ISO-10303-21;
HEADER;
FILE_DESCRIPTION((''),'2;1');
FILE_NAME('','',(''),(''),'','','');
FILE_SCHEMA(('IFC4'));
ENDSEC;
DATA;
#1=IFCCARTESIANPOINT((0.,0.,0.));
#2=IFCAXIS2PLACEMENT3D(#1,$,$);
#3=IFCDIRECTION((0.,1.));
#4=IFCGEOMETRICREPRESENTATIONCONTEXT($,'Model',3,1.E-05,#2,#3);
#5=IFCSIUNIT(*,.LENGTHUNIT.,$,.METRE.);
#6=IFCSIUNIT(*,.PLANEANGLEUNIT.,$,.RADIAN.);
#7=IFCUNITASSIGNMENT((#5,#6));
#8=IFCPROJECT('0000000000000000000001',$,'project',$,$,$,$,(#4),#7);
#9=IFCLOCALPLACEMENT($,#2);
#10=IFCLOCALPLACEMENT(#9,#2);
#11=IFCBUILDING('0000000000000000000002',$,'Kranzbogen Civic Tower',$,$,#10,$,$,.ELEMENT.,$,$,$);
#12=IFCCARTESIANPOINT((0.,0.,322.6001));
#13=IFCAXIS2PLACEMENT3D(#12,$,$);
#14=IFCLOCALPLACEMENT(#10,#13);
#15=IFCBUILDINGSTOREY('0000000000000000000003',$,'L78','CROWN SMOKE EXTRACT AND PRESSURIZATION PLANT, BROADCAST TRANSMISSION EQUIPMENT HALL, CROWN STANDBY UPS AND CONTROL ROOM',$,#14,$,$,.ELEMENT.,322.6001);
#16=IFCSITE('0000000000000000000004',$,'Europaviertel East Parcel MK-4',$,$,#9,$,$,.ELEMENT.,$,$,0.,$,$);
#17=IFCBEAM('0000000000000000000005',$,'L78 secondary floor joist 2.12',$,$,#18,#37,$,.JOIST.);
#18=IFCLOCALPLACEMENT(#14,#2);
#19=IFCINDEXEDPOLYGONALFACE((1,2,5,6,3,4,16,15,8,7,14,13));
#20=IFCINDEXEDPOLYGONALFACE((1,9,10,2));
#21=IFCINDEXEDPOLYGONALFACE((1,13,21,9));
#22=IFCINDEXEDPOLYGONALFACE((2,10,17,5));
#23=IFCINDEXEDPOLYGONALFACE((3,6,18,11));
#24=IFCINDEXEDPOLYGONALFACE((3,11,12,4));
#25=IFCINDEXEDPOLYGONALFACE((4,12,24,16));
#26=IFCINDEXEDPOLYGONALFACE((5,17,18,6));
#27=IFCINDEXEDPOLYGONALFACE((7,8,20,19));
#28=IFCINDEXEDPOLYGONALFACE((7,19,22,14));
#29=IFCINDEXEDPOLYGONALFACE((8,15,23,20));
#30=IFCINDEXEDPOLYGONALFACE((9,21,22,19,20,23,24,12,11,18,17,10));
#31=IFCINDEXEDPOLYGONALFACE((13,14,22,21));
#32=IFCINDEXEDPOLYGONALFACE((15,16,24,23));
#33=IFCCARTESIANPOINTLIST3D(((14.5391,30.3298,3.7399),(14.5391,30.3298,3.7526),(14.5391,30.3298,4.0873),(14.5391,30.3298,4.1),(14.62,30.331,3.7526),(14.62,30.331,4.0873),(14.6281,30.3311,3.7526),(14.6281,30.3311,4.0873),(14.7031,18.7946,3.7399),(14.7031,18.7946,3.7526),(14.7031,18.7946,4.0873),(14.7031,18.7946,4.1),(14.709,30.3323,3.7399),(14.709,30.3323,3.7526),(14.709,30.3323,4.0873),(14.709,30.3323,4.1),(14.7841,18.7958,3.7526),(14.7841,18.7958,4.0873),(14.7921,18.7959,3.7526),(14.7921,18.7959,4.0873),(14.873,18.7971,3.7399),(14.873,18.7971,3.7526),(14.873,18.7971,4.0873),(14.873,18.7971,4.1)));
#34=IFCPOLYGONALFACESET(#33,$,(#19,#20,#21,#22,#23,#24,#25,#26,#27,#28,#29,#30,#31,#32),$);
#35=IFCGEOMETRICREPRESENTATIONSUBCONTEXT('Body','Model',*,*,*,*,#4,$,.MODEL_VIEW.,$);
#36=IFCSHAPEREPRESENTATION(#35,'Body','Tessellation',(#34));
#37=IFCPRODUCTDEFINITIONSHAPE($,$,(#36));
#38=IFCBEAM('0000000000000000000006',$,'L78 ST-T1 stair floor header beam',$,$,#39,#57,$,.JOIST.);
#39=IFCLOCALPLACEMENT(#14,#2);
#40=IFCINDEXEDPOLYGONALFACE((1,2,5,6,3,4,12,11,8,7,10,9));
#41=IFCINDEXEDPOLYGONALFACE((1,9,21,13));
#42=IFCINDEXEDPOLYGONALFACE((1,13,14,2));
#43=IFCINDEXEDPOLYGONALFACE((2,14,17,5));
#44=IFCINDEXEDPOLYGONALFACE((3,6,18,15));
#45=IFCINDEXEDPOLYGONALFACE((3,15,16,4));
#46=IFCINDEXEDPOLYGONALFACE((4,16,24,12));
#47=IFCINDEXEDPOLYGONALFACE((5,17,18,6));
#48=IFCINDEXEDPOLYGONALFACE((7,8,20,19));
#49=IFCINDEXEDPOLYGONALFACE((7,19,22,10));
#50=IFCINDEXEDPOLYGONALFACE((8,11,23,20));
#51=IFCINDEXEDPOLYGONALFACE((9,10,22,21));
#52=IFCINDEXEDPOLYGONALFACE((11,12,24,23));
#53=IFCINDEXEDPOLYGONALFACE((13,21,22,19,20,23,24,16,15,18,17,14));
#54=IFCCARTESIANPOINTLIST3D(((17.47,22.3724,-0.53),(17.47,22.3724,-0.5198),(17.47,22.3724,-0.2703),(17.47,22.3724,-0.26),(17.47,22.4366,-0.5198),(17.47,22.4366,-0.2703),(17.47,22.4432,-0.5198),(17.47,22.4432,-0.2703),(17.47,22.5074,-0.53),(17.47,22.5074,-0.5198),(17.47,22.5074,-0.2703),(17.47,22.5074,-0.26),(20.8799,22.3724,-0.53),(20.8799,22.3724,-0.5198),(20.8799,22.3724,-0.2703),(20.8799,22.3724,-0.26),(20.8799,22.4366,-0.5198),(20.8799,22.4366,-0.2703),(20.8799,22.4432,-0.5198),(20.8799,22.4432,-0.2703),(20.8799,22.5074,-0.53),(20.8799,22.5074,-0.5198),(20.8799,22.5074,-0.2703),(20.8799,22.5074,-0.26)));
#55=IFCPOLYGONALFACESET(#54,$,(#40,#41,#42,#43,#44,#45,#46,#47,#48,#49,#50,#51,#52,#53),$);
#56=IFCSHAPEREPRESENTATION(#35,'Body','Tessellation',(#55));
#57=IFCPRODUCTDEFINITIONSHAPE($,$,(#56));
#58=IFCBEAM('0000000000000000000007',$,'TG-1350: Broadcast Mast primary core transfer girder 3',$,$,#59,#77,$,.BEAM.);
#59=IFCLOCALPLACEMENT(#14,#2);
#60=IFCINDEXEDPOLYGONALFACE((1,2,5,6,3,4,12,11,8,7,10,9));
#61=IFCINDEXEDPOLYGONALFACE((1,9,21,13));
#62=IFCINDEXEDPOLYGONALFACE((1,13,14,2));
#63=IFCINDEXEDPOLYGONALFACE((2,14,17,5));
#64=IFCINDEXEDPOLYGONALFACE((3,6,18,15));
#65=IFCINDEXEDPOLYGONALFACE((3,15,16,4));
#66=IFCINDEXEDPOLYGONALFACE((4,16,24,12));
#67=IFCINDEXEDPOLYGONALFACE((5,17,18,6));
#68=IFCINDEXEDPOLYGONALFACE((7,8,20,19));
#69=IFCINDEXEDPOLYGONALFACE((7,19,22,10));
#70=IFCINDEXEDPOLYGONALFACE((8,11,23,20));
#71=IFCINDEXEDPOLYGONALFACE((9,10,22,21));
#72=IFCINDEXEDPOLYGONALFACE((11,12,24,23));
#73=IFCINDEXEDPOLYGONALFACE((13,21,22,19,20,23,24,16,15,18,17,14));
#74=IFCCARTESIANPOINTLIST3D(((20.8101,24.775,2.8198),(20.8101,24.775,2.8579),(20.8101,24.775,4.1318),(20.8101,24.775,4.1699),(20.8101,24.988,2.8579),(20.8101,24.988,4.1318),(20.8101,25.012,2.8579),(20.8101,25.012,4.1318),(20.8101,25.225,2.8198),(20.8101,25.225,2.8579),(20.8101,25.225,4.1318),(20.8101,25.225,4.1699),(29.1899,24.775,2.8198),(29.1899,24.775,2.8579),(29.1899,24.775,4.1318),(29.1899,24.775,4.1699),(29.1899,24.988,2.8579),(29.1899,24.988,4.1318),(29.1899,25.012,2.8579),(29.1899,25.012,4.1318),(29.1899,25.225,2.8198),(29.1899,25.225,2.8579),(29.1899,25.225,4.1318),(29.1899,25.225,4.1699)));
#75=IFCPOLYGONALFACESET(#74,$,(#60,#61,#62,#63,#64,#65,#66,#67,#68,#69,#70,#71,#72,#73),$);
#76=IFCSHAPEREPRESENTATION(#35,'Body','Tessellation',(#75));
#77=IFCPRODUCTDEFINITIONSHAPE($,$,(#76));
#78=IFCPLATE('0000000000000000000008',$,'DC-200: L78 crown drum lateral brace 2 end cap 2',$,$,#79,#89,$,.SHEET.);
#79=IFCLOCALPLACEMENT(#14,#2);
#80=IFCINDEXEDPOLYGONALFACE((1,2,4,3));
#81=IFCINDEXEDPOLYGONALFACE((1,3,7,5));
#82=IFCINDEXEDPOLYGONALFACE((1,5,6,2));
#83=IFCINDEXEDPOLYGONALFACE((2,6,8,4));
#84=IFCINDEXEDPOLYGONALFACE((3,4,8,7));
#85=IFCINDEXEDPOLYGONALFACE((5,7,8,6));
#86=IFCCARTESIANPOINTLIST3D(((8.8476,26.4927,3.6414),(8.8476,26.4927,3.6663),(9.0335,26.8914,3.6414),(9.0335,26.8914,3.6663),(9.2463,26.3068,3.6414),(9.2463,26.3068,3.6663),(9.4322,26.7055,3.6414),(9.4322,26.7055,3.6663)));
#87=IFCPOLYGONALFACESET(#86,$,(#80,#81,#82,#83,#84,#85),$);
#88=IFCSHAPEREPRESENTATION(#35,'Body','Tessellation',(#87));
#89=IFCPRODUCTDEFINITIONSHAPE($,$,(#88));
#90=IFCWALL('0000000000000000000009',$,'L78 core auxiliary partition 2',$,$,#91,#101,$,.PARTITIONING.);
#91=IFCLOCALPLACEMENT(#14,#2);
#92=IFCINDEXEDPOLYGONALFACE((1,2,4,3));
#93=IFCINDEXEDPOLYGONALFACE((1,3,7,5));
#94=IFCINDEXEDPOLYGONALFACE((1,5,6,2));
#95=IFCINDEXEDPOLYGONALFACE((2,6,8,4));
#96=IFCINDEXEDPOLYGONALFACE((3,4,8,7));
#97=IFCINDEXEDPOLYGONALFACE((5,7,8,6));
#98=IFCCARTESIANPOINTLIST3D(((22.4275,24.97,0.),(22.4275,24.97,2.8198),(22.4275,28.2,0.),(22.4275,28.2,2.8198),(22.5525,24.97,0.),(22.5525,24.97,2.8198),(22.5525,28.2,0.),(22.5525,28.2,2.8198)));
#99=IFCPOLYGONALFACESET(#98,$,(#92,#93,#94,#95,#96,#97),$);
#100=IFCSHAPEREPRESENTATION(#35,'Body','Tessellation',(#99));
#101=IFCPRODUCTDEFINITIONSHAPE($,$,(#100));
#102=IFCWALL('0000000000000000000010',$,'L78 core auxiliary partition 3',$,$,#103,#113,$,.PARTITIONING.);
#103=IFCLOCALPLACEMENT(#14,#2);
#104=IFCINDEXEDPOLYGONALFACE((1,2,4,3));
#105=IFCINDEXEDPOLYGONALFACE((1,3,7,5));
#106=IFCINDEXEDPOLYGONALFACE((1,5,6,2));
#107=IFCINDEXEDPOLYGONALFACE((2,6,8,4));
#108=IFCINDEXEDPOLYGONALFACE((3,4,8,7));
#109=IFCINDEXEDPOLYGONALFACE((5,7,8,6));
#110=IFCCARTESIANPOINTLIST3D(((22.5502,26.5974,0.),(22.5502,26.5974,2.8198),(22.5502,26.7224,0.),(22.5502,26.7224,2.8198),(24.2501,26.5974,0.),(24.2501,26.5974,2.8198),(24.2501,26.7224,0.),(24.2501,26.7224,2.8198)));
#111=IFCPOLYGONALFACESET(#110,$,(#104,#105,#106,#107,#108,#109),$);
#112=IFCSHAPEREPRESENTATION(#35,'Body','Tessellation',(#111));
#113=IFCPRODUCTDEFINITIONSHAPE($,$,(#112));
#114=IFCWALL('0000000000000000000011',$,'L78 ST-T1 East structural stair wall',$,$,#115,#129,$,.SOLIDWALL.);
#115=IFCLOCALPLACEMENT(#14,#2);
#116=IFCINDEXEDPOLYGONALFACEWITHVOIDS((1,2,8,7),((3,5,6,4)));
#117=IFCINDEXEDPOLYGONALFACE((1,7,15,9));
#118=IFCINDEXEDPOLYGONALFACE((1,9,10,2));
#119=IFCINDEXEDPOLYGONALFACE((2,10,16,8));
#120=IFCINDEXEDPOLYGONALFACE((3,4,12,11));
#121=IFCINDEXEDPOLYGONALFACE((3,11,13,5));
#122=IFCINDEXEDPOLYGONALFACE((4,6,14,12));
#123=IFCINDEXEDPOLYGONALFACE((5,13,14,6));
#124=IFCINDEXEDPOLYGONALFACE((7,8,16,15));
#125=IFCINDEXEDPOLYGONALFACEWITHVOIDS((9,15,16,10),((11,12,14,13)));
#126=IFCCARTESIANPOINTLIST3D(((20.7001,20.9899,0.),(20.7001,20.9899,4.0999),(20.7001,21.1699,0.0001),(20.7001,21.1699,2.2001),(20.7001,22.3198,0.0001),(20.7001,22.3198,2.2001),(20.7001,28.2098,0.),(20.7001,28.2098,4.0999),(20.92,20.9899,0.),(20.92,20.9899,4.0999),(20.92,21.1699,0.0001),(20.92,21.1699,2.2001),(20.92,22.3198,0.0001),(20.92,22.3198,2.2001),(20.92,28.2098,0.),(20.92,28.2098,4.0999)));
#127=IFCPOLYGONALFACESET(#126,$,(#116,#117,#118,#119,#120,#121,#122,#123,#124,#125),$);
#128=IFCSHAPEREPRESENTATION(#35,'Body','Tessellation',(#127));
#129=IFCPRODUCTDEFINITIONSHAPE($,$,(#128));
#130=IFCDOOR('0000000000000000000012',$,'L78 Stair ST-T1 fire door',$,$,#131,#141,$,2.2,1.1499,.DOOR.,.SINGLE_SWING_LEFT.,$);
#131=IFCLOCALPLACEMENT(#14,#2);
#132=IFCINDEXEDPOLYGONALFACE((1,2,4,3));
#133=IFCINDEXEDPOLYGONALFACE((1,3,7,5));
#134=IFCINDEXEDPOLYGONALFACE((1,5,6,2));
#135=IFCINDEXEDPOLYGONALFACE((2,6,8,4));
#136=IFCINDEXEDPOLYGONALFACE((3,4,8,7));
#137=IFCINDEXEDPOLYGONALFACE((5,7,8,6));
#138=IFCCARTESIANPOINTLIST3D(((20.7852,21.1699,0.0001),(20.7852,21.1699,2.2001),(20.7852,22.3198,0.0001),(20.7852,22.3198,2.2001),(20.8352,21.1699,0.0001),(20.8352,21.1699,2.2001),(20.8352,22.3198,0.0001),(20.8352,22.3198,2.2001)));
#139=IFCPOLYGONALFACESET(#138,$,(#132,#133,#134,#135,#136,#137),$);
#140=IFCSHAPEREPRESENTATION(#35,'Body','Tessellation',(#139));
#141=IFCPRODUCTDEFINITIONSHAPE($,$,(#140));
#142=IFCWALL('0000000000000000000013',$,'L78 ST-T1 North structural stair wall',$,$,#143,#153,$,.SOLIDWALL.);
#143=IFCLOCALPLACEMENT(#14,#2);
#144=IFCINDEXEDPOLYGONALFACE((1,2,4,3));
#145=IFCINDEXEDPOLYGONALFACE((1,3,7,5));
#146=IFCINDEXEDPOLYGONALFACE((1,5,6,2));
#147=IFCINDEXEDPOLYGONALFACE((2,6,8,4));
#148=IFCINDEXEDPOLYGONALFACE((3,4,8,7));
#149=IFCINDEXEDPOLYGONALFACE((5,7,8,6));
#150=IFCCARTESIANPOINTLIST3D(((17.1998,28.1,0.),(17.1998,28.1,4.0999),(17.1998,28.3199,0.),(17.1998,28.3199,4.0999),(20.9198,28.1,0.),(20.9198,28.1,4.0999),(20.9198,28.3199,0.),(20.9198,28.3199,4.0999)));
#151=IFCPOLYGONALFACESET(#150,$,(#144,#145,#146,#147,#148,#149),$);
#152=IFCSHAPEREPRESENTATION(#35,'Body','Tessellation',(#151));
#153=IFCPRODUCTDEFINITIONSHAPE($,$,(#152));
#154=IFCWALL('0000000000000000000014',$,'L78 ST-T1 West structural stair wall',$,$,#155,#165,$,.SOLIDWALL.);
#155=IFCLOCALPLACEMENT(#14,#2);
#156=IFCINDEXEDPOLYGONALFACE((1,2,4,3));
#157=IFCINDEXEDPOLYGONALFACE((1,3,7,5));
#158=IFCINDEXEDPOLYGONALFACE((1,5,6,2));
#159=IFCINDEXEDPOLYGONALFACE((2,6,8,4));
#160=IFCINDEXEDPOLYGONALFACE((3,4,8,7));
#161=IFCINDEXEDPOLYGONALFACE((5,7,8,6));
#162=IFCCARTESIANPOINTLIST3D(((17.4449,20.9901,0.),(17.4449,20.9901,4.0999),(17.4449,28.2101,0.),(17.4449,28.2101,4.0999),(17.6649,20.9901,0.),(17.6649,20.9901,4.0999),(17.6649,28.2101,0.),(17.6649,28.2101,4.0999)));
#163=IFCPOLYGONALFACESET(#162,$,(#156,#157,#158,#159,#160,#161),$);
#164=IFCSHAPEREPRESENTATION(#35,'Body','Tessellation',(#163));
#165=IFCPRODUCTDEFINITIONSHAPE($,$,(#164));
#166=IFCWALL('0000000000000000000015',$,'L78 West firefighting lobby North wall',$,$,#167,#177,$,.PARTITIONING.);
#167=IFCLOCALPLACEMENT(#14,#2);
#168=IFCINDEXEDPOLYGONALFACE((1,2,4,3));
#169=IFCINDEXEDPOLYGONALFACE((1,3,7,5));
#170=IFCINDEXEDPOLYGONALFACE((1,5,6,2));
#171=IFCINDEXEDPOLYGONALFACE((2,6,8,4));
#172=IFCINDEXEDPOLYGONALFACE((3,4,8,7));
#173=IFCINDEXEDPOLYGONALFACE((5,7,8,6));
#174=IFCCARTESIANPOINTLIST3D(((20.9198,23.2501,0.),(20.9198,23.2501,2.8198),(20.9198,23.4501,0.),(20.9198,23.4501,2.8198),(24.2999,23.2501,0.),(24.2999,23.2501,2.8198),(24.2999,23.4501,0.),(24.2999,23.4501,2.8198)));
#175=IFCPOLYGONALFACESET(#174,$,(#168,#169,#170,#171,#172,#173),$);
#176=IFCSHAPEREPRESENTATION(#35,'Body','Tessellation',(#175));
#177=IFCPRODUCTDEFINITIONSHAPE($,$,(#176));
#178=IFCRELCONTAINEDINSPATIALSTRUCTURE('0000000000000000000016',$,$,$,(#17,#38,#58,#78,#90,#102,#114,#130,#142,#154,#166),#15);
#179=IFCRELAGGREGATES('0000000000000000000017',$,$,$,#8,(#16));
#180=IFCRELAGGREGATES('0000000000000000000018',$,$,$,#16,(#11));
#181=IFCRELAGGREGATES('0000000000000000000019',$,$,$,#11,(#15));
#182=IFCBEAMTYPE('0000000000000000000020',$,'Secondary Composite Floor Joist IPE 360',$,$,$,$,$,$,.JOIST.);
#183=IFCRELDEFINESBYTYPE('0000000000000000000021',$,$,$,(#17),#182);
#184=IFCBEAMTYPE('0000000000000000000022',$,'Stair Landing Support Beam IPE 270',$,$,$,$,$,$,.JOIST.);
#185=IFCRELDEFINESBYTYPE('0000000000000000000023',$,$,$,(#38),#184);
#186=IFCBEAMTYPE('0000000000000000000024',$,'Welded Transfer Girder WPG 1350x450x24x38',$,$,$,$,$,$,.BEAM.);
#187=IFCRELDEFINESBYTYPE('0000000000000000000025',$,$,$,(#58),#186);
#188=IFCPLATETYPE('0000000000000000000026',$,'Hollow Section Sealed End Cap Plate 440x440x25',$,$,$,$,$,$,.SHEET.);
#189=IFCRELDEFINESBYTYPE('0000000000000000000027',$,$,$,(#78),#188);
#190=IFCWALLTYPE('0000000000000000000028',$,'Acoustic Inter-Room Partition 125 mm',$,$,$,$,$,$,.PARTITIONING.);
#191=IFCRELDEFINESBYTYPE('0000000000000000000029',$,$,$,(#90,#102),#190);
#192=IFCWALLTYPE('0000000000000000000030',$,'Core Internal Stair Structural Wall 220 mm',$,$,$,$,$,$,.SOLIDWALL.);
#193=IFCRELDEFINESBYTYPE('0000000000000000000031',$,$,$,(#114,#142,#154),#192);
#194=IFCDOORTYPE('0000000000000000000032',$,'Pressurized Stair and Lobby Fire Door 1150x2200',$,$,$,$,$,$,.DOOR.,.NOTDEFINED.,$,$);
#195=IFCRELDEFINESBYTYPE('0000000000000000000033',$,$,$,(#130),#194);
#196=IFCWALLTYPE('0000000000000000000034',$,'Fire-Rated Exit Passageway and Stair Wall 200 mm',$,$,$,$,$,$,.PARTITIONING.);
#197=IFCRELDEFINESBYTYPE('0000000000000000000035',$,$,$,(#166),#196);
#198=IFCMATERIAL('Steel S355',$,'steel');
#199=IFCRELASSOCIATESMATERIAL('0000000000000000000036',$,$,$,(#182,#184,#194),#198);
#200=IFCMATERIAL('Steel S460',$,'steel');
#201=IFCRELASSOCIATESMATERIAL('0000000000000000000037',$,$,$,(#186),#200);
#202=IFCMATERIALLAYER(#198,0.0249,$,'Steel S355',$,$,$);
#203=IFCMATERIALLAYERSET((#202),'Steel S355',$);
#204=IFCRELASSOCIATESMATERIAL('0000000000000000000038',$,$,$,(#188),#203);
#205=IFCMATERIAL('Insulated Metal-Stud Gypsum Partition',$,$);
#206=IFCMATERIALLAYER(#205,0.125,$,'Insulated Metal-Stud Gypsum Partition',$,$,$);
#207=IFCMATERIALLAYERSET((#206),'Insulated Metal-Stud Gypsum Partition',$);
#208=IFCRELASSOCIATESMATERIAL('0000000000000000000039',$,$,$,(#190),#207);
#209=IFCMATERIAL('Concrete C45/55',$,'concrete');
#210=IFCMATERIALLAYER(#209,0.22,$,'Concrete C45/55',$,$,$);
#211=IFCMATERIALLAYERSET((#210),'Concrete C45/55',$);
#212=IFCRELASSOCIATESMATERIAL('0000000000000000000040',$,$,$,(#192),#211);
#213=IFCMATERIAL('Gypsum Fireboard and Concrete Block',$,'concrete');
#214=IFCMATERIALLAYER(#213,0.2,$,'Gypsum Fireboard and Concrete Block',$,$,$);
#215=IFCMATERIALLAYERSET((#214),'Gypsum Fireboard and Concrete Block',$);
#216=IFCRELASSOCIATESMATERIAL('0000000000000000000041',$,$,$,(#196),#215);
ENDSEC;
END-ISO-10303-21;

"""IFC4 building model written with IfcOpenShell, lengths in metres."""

from ifc_helpers import new_model, si_unit, direction, frame, frame_2d, origin, origin_2d, place, context, subcontext, project, spatial, rectangle, i_section, extrude, material, layer, layer_set, material_profile, profile_set, type_object, element, fill, save


model = new_model("IFC4")

# Units and contexts
model_context = context("Model", 3, precision=1e-05, world=origin(), true_north=direction((0.0, 1.0)))
body_context = subcontext(model_context, "Body", "Model", "MODEL_VIEW")
ifc_project = project(units=[si_unit("LENGTHUNIT", "METRE"), si_unit("PLANEANGLEUNIT", "RADIAN")], contexts=[model_context])

# Site, building, storey
site_placement = place(None, origin())
site = spatial("IfcSite", under=ifc_project, at=site_placement, Name="Europaviertel East Parcel MK-4", CompositionType="ELEMENT", RefElevation=0.0)
building_placement = place(site_placement, origin())
building = spatial("IfcBuilding", under=site, at=building_placement, Name="Kranzbogen Civic Tower", CompositionType="ELEMENT")
storey_placement = place(building_placement, frame((0.0, 0.0, 322.6001)))
storey = spatial("IfcBuildingStorey", under=building, at=storey_placement, Name="L78", Description="CROWN SMOKE EXTRACT AND PRESSURIZATION PLANT, BROADCAST TRANSMISSION EQUIPMENT HALL, CROWN STANDBY UPS AND CONTROL ROOM", CompositionType="ELEMENT", Elevation=322.6001)

# Shared definitions
ifc_material_1 = material(Name="Steel S355", Category="steel")

# Beams
ifc_material_profile_1 = material_profile(ifc_material_1, i_section(OverallWidth=0.1699, OverallDepth=0.3601, WebThickness=0.0081, FlangeThickness=0.0127, at=origin_2d()), Name="IPE 360")
ifc_profile_set_1 = profile_set([ifc_material_profile_1], Name="Steel S355")
beam_type_1 = type_object("IfcBeamType", Name="Secondary Composite Floor Joist IPE 360", PredefinedType="JOIST", material=ifc_profile_set_1)
beam_1_placement = place(storey_placement, frame((14.624, 30.3311, 3.9199), z_axis=(0.014221, -0.999899, 0.0), x_axis=(0.999899, 0.014221, 0.0)))
element("IfcBeam", 1, at=beam_1_placement, inside=storey, type_object=beam_type_1, Name="L78 secondary floor joist 2.12", PredefinedType="JOIST", context=body_context, shape_type="SweptSolid", body=[
    extrude(i_section(OverallWidth=0.1699, OverallDepth=0.3601, WebThickness=0.0081, FlangeThickness=0.0127, at=origin_2d()), origin(), (0.0, 0.0, 1.0), 11.5364),
])
ifc_material_profile_2 = material_profile(ifc_material_1, i_section(OverallWidth=0.135, OverallDepth=0.27, WebThickness=0.0066, FlangeThickness=0.0103, at=origin_2d()), Name="IPE 270")
ifc_profile_set_2 = profile_set([ifc_material_profile_2], Name="Steel S355")
beam_type_2 = type_object("IfcBeamType", Name="Stair Landing Support Beam IPE 270", PredefinedType="JOIST", material=ifc_profile_set_2)
beam_2_placement = place(storey_placement, frame((20.8799, 22.4399, -0.395), z_axis=(-1.0, 0.0, 0.0), x_axis=(0.0, -1.0, 0.0)))
element("IfcBeam", 2, at=beam_2_placement, inside=storey, type_object=beam_type_2, Name="L78 ST-T1 stair floor header beam", PredefinedType="JOIST", context=body_context, shape_type="SweptSolid", body=[
    extrude(i_section(OverallWidth=0.135, OverallDepth=0.27, WebThickness=0.0066, FlangeThickness=0.0103, at=origin_2d()), origin(), (0.0, 0.0, 1.0), 3.4099),
])
ifc_material_2 = material(Name="Steel S460", Category="steel")
ifc_material_profile_3 = material_profile(ifc_material_2, i_section(OverallWidth=0.45, OverallDepth=1.3501, WebThickness=0.0239, FlangeThickness=0.0381, at=origin_2d()), Name="WPG 1350x450x24x38")
ifc_profile_set_3 = profile_set([ifc_material_profile_3], Name="Steel S460")
beam_type_3 = type_object("IfcBeamType", Name="Welded Transfer Girder WPG 1350x450x24x38", PredefinedType="BEAM", material=ifc_profile_set_3)
beam_3_placement = place(storey_placement, frame((20.8101, 25.0, 3.4949), z_axis=(1.0, 0.0, 0.0), x_axis=(0.0, 1.0, 0.0)))
element("IfcBeam", 3, at=beam_3_placement, inside=storey, type_object=beam_type_3, Name="TG-1350: Broadcast Mast primary core transfer girder 3", PredefinedType="BEAM", context=body_context, shape_type="SweptSolid", body=[
    extrude(i_section(OverallWidth=0.45, OverallDepth=1.3501, WebThickness=0.0239, FlangeThickness=0.0381, at=origin_2d()), origin(), (0.0, 0.0, 1.0), 8.3799),
])

# Plate
ifc_layer_1 = layer(ifc_material_1, 0.0249, Name="Steel S355")
ifc_layer_set_1 = layer_set([ifc_layer_1], Name="Steel S355")
plate_type = type_object("IfcPlateType", Name="Hollow Section Sealed End Cap Plate 440x440x25", PredefinedType="SHEET", material=ifc_layer_set_1)
plate_placement = place(storey_placement, frame((9.1399, 26.5991, 3.6414), z_axis=(0.0, 0.0, 1.0), x_axis=(-0.422618, -0.906308, 0.0)))
element("IfcPlate", 4, at=plate_placement, inside=storey, type_object=plate_type, Name="DC-200: L78 crown drum lateral brace 2 end cap 2", PredefinedType="SHEET", context=body_context, shape_type="SweptSolid", body=[
    extrude(rectangle(XDim=0.4399, YDim=0.4399, at=origin_2d()), origin(), (0.0, 0.0, 1.0), 0.0249),
])

# Shared definitions
ifc_material_3 = material(Name="Insulated Metal-Stud Gypsum Partition")
ifc_layer_2 = layer(ifc_material_3, 0.125, Name="Insulated Metal-Stud Gypsum Partition")
ifc_layer_set_2 = layer_set([ifc_layer_2], Name="Insulated Metal-Stud Gypsum Partition")
wall_type_1 = type_object("IfcWallType", Name="Acoustic Inter-Room Partition 125 mm", PredefinedType="PARTITIONING", material=ifc_layer_set_2)

# Walls
wall_1_placement = place(storey_placement, frame((22.49, 24.97, 0.0), z_axis=(0.0, 0.0, 1.0), x_axis=(0.0, 1.0, 0.0)))
element("IfcWall", 5, at=wall_1_placement, inside=storey, type_object=wall_type_1, Name="L78 core auxiliary partition 2", PredefinedType="PARTITIONING", context=body_context, shape_type="SweptSolid", body=[
    extrude(rectangle(XDim=3.23, YDim=0.125, at=frame_2d((1.615, 0.0))), origin(), (0.0, 0.0, 1.0), 2.8198),
])
wall_2_placement = place(storey_placement, frame((22.55, 26.6599, 0.0), z_axis=(0.0, 0.0, 1.0), x_axis=(1.0, 0.0, 0.0)))
element("IfcWall", 6, at=wall_2_placement, inside=storey, type_object=wall_type_1, Name="L78 core auxiliary partition 3", PredefinedType="PARTITIONING", context=body_context, shape_type="SweptSolid", body=[
    extrude(rectangle(XDim=1.7, YDim=0.125, at=frame_2d((0.8501, 0.0))), origin(), (0.0, 0.0, 1.0), 2.8198),
])

# Wall, opening, door
ifc_material_4 = material(Name="Concrete C45/55", Category="concrete")
ifc_layer_3 = layer(ifc_material_4, 0.22, Name="Concrete C45/55")
ifc_layer_set_3 = layer_set([ifc_layer_3], Name="Concrete C45/55")
wall_type_2 = type_object("IfcWallType", Name="Core Internal Stair Structural Wall 220 mm", PredefinedType="SOLIDWALL", material=ifc_layer_set_3)
wall_3_placement = place(storey_placement, frame((20.8101, 20.99, 0.0), z_axis=(0.0, 0.0, 1.0), x_axis=(0.0, 1.0, 0.0)))
wall_3 = element("IfcWall", 7, at=wall_3_placement, inside=storey, type_object=wall_type_2, Name="L78 ST-T1 East structural stair wall", PredefinedType="SOLIDWALL", context=body_context, shape_type="SweptSolid", body=[
    extrude(rectangle(XDim=7.22, YDim=0.22, at=frame_2d((3.6099, 0.0))), origin(), (0.0, 0.0, 1.0), 4.0999),
])
opening_1_placement = place(wall_3_placement, frame((0.1799, 0.0, 0.0)))
opening_1 = element("IfcOpeningElement", 8, at=opening_1_placement, cuts=wall_3, PredefinedType="OPENING", context=body_context, shape_type="SweptSolid", body=[
    extrude(rectangle(XDim=1.1499, YDim=2.2, at=frame_2d((0.575, 1.1001))), frame((0.0, 0.1201, 0.0), z_axis=(0.0, -1.0, 0.0), x_axis=(1.0, 0.0, 0.0)), (0.0, 0.0, 1.0), 0.24),
])
door_type_1 = type_object("IfcDoorType", Name="Pressurized Stair and Lobby Fire Door 1150x2200", OperationType="NOTDEFINED", PredefinedType="DOOR", material=ifc_material_1)
door_1_placement = place(opening_1_placement, origin())
door_1 = element("IfcDoor", 9, at=door_1_placement, inside=storey, type_object=door_type_1, Name="L78 Stair ST-T1 fire door", OperationType="SINGLE_SWING_LEFT", OverallHeight=2.2, OverallWidth=1.1499, PredefinedType="DOOR", context=body_context, shape_type="SweptSolid", body=[
    extrude(rectangle(XDim=1.1499, YDim=2.2, at=frame_2d((0.575, 1.1001))), frame((0.0, 0.0249, 0.0), z_axis=(0.0, -1.0, 0.0), x_axis=(1.0, 0.0, 0.0)), (0.0, 0.0, 1.0), 0.05),
])
fill(opening_1, door_1)

# Walls
wall_4_placement = place(storey_placement, frame((17.2, 28.21, 0.0), z_axis=(0.0, 0.0, 1.0), x_axis=(1.0, 0.0, 0.0)))
element("IfcWall", 10, at=wall_4_placement, inside=storey, type_object=wall_type_2, Name="L78 ST-T1 North structural stair wall", PredefinedType="SOLIDWALL", context=body_context, shape_type="SweptSolid", body=[
    extrude(rectangle(XDim=3.72, YDim=0.22, at=frame_2d((1.8599, 0.0))), origin(), (0.0, 0.0, 1.0), 4.0999),
])
wall_5_placement = place(storey_placement, frame((17.5549, 28.21, 0.0), z_axis=(0.0, 0.0, 1.0), x_axis=(0.0, -1.0, 0.0)))
element("IfcWall", 11, at=wall_5_placement, inside=storey, type_object=wall_type_2, Name="L78 ST-T1 West structural stair wall", PredefinedType="SOLIDWALL", context=body_context, shape_type="SweptSolid", body=[
    extrude(rectangle(XDim=7.22, YDim=0.22, at=frame_2d((3.6099, 0.0))), origin(), (0.0, 0.0, 1.0), 4.0999),
])
ifc_material_5 = material(Name="Gypsum Fireboard and Concrete Block", Category="concrete")
ifc_layer_4 = layer(ifc_material_5, 0.2, Name="Gypsum Fireboard and Concrete Block")
ifc_layer_set_4 = layer_set([ifc_layer_4], Name="Gypsum Fireboard and Concrete Block")
wall_type_3 = type_object("IfcWallType", Name="Fire-Rated Exit Passageway and Stair Wall 200 mm", PredefinedType="PARTITIONING", material=ifc_layer_set_4)
wall_6_placement = place(storey_placement, frame((20.9199, 23.3501, 0.0), z_axis=(0.0, 0.0, 1.0), x_axis=(1.0, 0.0, 0.0)))
element("IfcWall", 12, at=wall_6_placement, inside=storey, type_object=wall_type_3, Name="L78 West firefighting lobby North wall", PredefinedType="PARTITIONING", context=body_context, shape_type="SweptSolid", body=[
    extrude(rectangle(XDim=3.3801, YDim=0.2, at=frame_2d((1.6899, 0.0))), origin(), (0.0, 0.0, 1.0), 2.8198),
])

save(model, "model.ifc")
